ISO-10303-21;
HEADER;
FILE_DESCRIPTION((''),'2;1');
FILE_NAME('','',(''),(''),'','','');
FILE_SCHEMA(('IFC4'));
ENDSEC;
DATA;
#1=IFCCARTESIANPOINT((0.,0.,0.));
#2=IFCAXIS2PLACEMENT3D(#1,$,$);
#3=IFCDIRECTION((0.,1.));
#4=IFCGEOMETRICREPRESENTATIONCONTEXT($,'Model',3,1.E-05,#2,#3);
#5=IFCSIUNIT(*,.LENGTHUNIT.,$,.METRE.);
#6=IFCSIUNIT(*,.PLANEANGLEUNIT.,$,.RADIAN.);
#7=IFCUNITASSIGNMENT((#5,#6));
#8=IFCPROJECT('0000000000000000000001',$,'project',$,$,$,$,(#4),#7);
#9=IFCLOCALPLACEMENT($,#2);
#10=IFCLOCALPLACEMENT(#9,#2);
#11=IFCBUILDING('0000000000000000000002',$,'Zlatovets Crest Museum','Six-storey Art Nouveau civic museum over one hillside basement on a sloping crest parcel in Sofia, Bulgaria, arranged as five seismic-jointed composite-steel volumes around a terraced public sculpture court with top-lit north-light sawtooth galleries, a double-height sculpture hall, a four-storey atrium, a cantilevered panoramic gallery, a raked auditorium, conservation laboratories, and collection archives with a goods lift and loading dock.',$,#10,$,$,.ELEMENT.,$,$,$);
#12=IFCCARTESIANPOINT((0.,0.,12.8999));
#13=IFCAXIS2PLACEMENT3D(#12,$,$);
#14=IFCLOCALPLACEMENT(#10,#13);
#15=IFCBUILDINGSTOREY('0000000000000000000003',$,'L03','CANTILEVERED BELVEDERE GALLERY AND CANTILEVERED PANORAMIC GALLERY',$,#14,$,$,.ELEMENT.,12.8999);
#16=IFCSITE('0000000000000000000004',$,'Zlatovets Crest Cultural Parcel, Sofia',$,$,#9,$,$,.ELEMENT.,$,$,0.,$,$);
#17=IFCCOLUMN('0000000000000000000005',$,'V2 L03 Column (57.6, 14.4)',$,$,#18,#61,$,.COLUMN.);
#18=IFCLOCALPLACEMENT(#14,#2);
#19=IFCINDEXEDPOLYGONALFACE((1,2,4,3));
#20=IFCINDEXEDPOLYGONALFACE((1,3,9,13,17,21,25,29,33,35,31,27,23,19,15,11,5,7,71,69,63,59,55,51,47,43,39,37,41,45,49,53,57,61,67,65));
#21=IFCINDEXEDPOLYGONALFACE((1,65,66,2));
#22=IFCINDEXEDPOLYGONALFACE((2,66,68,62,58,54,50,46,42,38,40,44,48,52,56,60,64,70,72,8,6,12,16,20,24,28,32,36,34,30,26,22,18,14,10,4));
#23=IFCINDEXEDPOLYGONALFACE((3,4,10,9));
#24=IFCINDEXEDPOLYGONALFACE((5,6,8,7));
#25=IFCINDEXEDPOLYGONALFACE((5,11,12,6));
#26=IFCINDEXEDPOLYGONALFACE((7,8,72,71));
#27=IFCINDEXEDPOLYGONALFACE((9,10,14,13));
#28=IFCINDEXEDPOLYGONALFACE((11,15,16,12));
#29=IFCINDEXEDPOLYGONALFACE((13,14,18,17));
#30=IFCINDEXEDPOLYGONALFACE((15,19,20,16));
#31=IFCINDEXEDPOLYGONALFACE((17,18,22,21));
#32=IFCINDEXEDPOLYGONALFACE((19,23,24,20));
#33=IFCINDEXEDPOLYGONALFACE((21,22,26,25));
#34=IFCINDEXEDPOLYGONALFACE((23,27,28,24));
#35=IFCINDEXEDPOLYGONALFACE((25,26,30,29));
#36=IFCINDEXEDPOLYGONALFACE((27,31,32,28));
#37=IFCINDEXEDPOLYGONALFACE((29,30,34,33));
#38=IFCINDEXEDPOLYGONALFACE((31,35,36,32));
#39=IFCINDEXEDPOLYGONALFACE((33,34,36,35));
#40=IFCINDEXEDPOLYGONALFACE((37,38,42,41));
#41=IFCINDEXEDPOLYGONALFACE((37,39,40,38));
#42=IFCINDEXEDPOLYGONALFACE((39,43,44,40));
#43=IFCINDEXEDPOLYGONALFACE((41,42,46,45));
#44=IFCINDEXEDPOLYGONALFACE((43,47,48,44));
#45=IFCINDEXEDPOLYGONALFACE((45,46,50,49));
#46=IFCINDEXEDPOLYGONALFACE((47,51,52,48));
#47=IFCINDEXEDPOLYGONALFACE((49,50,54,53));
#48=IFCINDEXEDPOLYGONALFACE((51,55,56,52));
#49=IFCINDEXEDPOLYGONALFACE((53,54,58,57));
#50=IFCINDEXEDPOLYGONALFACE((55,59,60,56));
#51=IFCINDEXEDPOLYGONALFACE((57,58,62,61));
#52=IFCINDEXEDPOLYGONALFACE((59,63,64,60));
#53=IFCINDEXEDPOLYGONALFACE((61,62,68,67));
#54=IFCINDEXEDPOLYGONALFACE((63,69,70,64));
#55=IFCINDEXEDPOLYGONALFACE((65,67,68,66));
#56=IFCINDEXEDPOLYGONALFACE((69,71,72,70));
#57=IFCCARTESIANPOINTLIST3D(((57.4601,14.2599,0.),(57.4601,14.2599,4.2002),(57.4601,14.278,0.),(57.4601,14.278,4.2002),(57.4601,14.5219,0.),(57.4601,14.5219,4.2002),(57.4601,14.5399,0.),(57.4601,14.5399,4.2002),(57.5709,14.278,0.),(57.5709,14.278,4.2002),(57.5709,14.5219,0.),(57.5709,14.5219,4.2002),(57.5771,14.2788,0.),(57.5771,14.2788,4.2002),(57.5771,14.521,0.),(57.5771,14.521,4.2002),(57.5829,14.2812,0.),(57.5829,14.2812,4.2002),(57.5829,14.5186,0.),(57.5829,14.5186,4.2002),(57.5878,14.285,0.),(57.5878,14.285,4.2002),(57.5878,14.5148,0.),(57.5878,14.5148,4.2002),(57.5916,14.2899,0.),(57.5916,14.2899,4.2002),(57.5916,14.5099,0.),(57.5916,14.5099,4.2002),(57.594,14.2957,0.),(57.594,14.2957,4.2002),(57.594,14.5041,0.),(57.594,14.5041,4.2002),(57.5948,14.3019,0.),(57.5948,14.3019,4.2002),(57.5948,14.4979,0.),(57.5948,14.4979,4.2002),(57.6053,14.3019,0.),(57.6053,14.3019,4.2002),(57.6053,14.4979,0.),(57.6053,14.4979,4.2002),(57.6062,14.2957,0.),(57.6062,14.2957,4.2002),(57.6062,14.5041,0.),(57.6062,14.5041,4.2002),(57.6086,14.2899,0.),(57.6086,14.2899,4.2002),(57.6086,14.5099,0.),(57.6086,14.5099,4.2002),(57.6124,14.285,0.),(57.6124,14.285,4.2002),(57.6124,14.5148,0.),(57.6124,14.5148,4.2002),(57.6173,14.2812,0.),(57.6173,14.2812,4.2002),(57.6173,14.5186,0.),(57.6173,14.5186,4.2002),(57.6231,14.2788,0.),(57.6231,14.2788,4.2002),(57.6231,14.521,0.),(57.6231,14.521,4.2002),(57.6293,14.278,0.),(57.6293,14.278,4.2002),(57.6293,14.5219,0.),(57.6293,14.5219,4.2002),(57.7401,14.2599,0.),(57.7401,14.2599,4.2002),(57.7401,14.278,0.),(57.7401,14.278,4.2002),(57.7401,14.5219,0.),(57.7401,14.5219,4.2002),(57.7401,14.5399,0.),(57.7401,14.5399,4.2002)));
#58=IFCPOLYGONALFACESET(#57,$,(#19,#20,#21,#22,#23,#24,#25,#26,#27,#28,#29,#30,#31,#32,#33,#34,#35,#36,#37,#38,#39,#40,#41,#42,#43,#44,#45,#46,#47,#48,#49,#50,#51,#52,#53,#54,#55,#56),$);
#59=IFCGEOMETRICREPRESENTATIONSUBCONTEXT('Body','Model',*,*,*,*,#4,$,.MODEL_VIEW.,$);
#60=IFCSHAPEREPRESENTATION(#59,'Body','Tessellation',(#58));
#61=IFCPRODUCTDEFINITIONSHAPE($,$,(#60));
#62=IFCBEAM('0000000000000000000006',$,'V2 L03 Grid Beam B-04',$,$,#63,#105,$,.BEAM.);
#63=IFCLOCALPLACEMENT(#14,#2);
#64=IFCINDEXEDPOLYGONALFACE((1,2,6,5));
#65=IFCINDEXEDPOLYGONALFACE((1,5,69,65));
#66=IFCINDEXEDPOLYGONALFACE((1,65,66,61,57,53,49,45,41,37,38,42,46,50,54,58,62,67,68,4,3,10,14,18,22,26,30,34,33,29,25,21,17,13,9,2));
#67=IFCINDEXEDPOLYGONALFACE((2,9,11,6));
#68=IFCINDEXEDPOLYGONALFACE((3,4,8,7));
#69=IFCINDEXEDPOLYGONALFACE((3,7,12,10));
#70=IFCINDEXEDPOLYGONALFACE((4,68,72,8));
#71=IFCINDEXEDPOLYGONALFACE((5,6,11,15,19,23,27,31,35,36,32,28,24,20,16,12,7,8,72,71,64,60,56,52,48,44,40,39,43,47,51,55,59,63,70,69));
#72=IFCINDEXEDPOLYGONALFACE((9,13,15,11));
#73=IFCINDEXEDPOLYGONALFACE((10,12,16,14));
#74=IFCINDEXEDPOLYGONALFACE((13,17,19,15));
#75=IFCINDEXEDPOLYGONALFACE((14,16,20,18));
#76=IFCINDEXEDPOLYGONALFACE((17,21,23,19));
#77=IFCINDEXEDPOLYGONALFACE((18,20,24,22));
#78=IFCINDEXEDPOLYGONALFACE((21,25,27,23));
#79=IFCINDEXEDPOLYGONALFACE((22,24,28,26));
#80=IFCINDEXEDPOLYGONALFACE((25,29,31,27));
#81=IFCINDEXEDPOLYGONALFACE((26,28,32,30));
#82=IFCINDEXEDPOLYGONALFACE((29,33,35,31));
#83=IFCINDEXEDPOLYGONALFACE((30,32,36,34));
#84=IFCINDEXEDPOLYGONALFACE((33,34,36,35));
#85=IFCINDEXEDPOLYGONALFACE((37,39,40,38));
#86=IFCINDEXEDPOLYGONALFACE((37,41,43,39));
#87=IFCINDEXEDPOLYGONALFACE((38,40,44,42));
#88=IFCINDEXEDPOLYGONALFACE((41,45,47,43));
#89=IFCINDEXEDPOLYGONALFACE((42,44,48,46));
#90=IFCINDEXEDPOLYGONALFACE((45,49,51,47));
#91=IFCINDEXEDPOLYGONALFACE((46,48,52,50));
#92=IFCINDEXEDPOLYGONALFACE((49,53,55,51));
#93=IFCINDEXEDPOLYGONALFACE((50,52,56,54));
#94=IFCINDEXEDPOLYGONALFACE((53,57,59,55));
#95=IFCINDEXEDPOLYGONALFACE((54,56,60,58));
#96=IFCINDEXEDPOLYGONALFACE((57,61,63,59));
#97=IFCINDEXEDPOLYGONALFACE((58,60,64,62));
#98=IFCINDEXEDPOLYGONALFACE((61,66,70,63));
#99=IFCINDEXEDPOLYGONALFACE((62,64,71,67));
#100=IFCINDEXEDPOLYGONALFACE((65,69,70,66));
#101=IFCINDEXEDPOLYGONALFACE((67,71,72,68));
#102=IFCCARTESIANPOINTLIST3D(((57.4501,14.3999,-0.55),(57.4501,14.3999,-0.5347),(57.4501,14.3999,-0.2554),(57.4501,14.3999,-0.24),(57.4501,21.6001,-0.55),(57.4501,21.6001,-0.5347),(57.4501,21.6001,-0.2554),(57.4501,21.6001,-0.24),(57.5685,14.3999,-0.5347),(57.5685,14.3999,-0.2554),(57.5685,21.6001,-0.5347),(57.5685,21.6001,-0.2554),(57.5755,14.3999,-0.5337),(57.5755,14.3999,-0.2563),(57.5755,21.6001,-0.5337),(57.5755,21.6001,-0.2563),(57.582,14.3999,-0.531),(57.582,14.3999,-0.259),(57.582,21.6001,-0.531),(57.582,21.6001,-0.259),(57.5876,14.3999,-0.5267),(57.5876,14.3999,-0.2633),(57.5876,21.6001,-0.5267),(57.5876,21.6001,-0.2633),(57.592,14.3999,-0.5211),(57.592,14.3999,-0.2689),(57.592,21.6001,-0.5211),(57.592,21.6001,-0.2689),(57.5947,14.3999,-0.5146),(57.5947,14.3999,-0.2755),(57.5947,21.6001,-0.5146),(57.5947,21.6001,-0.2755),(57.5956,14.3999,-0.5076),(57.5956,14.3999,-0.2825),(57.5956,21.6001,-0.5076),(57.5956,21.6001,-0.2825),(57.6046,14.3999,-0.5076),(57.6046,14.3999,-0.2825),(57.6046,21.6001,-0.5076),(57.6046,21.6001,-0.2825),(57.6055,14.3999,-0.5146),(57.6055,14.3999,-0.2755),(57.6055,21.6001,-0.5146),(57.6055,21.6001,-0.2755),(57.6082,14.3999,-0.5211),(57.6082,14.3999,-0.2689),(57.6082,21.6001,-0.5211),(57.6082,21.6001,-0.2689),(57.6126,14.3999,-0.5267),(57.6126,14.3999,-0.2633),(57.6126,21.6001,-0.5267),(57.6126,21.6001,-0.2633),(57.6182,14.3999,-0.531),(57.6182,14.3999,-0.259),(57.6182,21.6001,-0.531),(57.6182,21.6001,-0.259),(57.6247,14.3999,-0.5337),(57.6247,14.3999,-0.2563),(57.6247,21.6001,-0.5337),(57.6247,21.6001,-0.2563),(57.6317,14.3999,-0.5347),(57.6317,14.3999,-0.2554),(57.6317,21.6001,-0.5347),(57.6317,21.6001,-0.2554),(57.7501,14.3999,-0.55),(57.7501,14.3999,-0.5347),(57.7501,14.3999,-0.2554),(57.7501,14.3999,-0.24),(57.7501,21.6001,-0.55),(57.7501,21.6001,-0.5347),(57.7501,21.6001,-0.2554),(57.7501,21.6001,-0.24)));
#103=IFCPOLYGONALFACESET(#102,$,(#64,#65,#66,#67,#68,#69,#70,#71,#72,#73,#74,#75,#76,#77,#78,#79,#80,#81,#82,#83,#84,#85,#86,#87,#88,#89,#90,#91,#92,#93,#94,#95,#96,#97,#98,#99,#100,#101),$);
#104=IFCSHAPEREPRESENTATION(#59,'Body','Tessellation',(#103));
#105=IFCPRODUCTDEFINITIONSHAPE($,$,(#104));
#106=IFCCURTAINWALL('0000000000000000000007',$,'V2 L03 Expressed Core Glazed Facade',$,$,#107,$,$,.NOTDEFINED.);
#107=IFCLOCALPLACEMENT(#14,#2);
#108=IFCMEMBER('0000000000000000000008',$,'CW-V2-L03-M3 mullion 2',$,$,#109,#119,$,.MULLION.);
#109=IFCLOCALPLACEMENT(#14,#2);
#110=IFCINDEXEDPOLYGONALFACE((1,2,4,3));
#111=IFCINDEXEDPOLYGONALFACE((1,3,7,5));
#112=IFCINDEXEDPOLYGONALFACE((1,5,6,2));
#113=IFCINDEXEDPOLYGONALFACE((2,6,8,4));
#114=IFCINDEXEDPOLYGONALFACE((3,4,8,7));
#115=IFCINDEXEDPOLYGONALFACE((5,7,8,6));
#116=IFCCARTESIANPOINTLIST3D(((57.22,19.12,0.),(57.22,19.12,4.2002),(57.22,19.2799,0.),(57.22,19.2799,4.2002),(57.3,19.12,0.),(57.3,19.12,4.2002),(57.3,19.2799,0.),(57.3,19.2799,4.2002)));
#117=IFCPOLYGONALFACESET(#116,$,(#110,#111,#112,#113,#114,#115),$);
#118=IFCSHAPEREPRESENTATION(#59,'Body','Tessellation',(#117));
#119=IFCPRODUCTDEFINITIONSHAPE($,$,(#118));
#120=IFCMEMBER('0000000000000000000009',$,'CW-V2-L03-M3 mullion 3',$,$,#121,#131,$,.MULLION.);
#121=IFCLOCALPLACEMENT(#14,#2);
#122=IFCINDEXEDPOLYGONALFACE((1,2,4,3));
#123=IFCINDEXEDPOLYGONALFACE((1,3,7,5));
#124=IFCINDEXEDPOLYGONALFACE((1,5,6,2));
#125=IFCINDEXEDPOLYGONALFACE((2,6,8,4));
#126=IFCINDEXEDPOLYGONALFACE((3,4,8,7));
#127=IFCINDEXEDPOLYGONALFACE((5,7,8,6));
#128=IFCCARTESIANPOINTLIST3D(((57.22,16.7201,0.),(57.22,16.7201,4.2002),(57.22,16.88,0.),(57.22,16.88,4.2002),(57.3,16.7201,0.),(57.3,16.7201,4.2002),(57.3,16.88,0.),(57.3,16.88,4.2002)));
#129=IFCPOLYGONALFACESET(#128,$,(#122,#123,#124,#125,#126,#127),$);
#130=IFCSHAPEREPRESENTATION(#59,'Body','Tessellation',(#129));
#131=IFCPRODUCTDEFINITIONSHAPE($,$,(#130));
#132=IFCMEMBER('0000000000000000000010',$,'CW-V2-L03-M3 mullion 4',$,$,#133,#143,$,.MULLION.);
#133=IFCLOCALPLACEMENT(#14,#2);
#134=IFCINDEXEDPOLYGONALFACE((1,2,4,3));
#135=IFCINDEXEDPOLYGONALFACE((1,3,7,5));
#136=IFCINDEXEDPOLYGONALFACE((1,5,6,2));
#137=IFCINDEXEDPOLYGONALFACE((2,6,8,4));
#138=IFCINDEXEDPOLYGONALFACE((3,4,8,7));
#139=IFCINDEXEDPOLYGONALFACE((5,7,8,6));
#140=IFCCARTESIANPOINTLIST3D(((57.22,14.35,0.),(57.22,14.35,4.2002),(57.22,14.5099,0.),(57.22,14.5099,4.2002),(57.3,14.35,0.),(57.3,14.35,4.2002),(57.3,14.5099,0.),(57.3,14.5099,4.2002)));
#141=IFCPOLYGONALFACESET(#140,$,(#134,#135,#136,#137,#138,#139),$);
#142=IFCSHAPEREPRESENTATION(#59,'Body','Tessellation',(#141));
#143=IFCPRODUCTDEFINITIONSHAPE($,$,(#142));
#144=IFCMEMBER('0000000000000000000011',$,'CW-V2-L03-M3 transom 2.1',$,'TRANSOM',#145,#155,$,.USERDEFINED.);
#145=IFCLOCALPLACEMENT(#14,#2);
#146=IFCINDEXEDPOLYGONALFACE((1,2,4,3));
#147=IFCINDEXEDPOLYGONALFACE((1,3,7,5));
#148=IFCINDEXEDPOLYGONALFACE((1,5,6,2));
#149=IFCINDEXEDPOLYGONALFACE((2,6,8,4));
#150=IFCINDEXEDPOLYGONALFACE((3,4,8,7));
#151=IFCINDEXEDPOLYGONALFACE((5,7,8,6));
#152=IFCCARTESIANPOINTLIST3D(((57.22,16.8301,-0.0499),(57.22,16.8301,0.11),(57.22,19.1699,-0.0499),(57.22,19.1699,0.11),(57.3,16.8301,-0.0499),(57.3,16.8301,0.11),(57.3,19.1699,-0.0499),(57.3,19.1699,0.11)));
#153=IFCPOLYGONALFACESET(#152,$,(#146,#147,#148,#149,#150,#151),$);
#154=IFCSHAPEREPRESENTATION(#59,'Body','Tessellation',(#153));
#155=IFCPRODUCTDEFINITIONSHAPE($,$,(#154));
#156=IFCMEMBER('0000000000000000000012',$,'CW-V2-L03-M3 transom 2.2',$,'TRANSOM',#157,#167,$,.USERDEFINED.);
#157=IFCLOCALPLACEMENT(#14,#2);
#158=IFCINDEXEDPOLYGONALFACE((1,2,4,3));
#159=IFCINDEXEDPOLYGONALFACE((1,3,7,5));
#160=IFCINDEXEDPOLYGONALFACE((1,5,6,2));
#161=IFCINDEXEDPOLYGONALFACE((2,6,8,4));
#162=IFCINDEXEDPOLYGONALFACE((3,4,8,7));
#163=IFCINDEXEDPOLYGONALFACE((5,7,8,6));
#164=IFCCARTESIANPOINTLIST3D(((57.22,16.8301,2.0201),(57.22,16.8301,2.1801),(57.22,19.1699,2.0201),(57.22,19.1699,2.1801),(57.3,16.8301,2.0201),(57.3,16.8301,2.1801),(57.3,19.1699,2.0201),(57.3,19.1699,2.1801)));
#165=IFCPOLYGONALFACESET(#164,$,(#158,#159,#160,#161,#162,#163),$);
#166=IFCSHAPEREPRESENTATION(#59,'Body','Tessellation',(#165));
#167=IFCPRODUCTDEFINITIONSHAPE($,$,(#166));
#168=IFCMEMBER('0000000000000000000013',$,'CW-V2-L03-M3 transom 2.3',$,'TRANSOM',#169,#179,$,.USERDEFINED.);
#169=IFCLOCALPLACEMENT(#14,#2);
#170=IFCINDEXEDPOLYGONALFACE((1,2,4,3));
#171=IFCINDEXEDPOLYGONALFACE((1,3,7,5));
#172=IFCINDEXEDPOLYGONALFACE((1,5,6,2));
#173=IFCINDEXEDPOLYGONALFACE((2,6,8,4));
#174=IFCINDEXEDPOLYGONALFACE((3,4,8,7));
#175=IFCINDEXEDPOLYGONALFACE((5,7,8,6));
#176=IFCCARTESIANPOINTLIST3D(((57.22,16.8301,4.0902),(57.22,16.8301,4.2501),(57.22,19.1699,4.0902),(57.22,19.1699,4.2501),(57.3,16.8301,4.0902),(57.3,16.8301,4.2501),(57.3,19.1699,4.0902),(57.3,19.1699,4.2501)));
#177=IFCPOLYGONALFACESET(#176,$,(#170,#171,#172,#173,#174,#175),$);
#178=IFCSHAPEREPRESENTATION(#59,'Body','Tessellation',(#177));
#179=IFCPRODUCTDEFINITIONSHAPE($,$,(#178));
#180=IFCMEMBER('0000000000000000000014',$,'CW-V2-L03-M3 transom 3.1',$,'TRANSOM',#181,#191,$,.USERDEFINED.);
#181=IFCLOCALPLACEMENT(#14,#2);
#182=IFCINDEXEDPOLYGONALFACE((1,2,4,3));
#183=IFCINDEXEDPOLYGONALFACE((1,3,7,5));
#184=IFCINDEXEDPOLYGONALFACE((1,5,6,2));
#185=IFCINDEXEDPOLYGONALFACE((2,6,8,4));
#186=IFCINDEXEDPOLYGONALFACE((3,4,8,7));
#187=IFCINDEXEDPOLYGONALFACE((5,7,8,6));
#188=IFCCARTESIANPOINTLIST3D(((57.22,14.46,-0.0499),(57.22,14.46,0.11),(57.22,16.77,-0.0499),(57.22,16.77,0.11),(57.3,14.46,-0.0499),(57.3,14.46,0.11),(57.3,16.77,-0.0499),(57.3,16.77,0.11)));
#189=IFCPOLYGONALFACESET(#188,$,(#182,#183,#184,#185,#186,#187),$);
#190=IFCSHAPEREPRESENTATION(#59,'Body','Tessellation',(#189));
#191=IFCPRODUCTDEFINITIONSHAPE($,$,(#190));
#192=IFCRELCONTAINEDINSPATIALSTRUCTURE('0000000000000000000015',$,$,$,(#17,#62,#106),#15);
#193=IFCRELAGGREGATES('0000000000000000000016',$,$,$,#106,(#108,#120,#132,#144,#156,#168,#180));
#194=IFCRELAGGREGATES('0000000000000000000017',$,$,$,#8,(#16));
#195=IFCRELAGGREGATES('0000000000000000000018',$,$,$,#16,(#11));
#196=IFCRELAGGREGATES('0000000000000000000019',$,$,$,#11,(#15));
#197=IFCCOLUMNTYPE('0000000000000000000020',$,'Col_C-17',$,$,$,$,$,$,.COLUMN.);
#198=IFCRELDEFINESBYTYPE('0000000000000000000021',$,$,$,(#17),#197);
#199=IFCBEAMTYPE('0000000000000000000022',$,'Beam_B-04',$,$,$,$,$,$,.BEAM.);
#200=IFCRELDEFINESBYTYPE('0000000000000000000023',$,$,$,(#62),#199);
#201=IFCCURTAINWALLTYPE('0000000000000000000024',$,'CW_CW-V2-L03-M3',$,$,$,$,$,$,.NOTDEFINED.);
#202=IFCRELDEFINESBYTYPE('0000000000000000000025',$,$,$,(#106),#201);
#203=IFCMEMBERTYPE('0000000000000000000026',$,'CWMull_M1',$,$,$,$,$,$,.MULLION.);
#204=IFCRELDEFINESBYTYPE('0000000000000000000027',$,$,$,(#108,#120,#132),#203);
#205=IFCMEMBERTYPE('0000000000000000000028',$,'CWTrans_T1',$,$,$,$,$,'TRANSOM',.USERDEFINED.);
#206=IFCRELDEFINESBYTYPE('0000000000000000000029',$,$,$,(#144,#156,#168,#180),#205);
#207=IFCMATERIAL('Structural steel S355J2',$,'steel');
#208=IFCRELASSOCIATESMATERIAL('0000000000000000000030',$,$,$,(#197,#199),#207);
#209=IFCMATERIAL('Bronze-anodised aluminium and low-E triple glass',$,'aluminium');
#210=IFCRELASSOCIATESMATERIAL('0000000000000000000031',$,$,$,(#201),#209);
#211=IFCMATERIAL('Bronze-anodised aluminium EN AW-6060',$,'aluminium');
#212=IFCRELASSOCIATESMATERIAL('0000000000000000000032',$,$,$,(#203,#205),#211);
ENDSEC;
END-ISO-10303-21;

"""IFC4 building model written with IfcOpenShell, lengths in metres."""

from ifc_helpers import new_model, si_unit, direction, frame, origin, origin_2d, place, context, subcontext, project, spatial, rectangle, i_section, extrude, material, material_profile, profile_set, type_object, element, aggregate, save


model = new_model("IFC4")

# Units and contexts
model_context = context("Model", 3, precision=1e-05, world=origin(), true_north=direction((0.0, 1.0)))
body_context = subcontext(model_context, "Body", "Model", "MODEL_VIEW")
ifc_project = project(units=[si_unit("LENGTHUNIT", "METRE"), si_unit("PLANEANGLEUNIT", "RADIAN")], contexts=[model_context])

# Site, building, storey
site_placement = place(None, origin())
site = spatial("IfcSite", under=ifc_project, at=site_placement, Name="Zlatovets Crest Cultural Parcel, Sofia", CompositionType="ELEMENT", RefElevation=0.0)
building_placement = place(site_placement, origin())
building = spatial("IfcBuilding", under=site, at=building_placement, Name="Zlatovets Crest Museum", Description="Six-storey Art Nouveau civic museum over one hillside basement on a sloping crest parcel in Sofia, Bulgaria, arranged as five seismic-jointed composite-steel volumes around a terraced public sculpture court with top-lit north-light sawtooth galleries, a double-height sculpture hall, a four-storey atrium, a cantilevered panoramic gallery, a raked auditorium, conservation laboratories, and collection archives with a goods lift and loading dock.", CompositionType="ELEMENT")
storey_placement = place(building_placement, frame((0.0, 0.0, 12.8999)))
storey = spatial("IfcBuildingStorey", under=building, at=storey_placement, Name="L03", Description="CANTILEVERED BELVEDERE GALLERY AND CANTILEVERED PANORAMIC GALLERY", CompositionType="ELEMENT", Elevation=12.8999)

# Column
ifc_material_1 = material(Name="Structural steel S355J2", Category="steel")
ifc_material_profile_1 = material_profile(ifc_material_1, i_section(OverallWidth=0.28, OverallDepth=0.28, WebThickness=0.0105, FlangeThickness=0.0181, FilletRadius=0.0239, at=origin_2d()), Name="HEB 280")
ifc_profile_set_1 = profile_set([ifc_material_profile_1], Name="Structural steel S355J2")
column_type = type_object("IfcColumnType", Name="Col_C-17", PredefinedType="COLUMN", material=ifc_profile_set_1)
column_placement = place(storey_placement, frame((57.6001, 14.3999, 0.0), z_axis=(0.0, 0.0, 1.0), x_axis=(1.0, 0.0, 0.0)))
element("IfcColumn", 1, at=column_placement, inside=storey, type_object=column_type, Name="V2 L03 Column (57.6, 14.4)", PredefinedType="COLUMN", context=body_context, shape_type="SweptSolid", body=[
    extrude(i_section(OverallWidth=0.28, OverallDepth=0.28, WebThickness=0.0105, FlangeThickness=0.0181, FilletRadius=0.0239, at=origin_2d()), origin(), (0.0, 0.0, 1.0), 4.2002),
])

# Beam
ifc_material_profile_2 = material_profile(ifc_material_1, i_section(OverallWidth=0.3, OverallDepth=0.3101, WebThickness=0.009, FlangeThickness=0.0154, FilletRadius=0.0271, at=origin_2d()), Name="HEA 320")
ifc_profile_set_2 = profile_set([ifc_material_profile_2], Name="Structural steel S355J2")
beam_type = type_object("IfcBeamType", Name="Beam_B-04", PredefinedType="BEAM", material=ifc_profile_set_2)
beam_placement = place(storey_placement, frame((57.6001, 14.3999, -0.395), z_axis=(0.0, 1.0, 0.0), x_axis=(-1.0, 0.0, 0.0)))
element("IfcBeam", 2, at=beam_placement, inside=storey, type_object=beam_type, Name="V2 L03 Grid Beam B-04", PredefinedType="BEAM", context=body_context, shape_type="SweptSolid", body=[
    extrude(i_section(OverallWidth=0.3, OverallDepth=0.3101, WebThickness=0.009, FlangeThickness=0.0154, FilletRadius=0.0271, at=origin_2d()), origin(), (0.0, 0.0, 1.0), 7.2002),
])

# Curtain wall, members
ifc_material_2 = material(Name="Bronze-anodised aluminium and low-E triple glass", Category="aluminium")
curtain_wall_type = type_object("IfcCurtainWallType", Name="CW_CW-V2-L03-M3", PredefinedType="NOTDEFINED", material=ifc_material_2)
curtain_wall_placement = place(storey_placement, origin())
curtain_wall = element("IfcCurtainWall", 3, at=curtain_wall_placement, inside=storey, type_object=curtain_wall_type, Name="V2 L03 Expressed Core Glazed Facade", PredefinedType="NOTDEFINED")
ifc_material_3 = material(Name="Bronze-anodised aluminium EN AW-6060", Category="aluminium")
ifc_material_profile_3 = material_profile(ifc_material_3, rectangle(XDim=0.0801, YDim=0.1599, at=origin_2d()), Name="ALU 80x160")
ifc_profile_set_3 = profile_set([ifc_material_profile_3], Name="Bronze-anodised aluminium EN AW-6060")
member_type_1 = type_object("IfcMemberType", Name="CWMull_M1", PredefinedType="MULLION", material=ifc_profile_set_3)
member_1_placement = place(storey_placement, frame((57.26, 19.2, 0.0), z_axis=(0.0, 0.0, 1.0), x_axis=(1.0, 0.0, 0.0)))
member_1 = element("IfcMember", 4, at=member_1_placement, type_object=member_type_1, Name="CW-V2-L03-M3 mullion 2", PredefinedType="MULLION", context=body_context, shape_type="SweptSolid", body=[
    extrude(rectangle(XDim=0.0801, YDim=0.1599, at=origin_2d()), origin(), (0.0, 0.0, 1.0), 4.2002),
])
member_2_placement = place(storey_placement, frame((57.26, 16.8, 0.0), z_axis=(0.0, 0.0, 1.0), x_axis=(1.0, 0.0, 0.0)))
member_2 = element("IfcMember", 5, at=member_2_placement, type_object=member_type_1, Name="CW-V2-L03-M3 mullion 3", PredefinedType="MULLION", context=body_context, shape_type="SweptSolid", body=[
    extrude(rectangle(XDim=0.0801, YDim=0.1599, at=origin_2d()), origin(), (0.0, 0.0, 1.0), 4.2002),
])
member_3_placement = place(storey_placement, frame((57.26, 14.4299, 0.0), z_axis=(0.0, 0.0, 1.0), x_axis=(1.0, 0.0, 0.0)))
member_3 = element("IfcMember", 6, at=member_3_placement, type_object=member_type_1, Name="CW-V2-L03-M3 mullion 4", PredefinedType="MULLION", context=body_context, shape_type="SweptSolid", body=[
    extrude(rectangle(XDim=0.0801, YDim=0.1599, at=origin_2d()), origin(), (0.0, 0.0, 1.0), 4.2002),
])
ifc_material_profile_4 = material_profile(ifc_material_3, rectangle(XDim=0.0801, YDim=0.1599, at=origin_2d()), Name="ALU 80x160")
ifc_profile_set_4 = profile_set([ifc_material_profile_4], Name="Bronze-anodised aluminium EN AW-6060")
member_type_2 = type_object("IfcMemberType", Name="CWTrans_T1", ElementType="TRANSOM", PredefinedType="USERDEFINED", material=ifc_profile_set_4)
member_4_placement = place(storey_placement, frame((57.26, 19.1699, 0.03), z_axis=(0.0, -1.0, 0.0), x_axis=(1.0, 0.0, 0.0)))
member_4 = element("IfcMember", 7, at=member_4_placement, type_object=member_type_2, Name="CW-V2-L03-M3 transom 2.1", ObjectType="TRANSOM", PredefinedType="USERDEFINED", context=body_context, shape_type="SweptSolid", body=[
    extrude(rectangle(XDim=0.0801, YDim=0.1599, at=origin_2d()), origin(), (0.0, 0.0, 1.0), 2.3398),
])
member_5_placement = place(storey_placement, frame((57.26, 19.1699, 2.1001), z_axis=(0.0, -1.0, 0.0), x_axis=(1.0, 0.0, 0.0)))
member_5 = element("IfcMember", 8, at=member_5_placement, type_object=member_type_2, Name="CW-V2-L03-M3 transom 2.2", ObjectType="TRANSOM", PredefinedType="USERDEFINED", context=body_context, shape_type="SweptSolid", body=[
    extrude(rectangle(XDim=0.0801, YDim=0.1599, at=origin_2d()), origin(), (0.0, 0.0, 1.0), 2.3398),
])
member_6_placement = place(storey_placement, frame((57.26, 19.1699, 4.1702), z_axis=(0.0, -1.0, 0.0), x_axis=(1.0, 0.0, 0.0)))
member_6 = element("IfcMember", 9, at=member_6_placement, type_object=member_type_2, Name="CW-V2-L03-M3 transom 2.3", ObjectType="TRANSOM", PredefinedType="USERDEFINED", context=body_context, shape_type="SweptSolid", body=[
    extrude(rectangle(XDim=0.0801, YDim=0.1599, at=origin_2d()), origin(), (0.0, 0.0, 1.0), 2.3398),
])
member_7_placement = place(storey_placement, frame((57.26, 16.77, 0.03), z_axis=(0.0, -1.0, 0.0), x_axis=(1.0, 0.0, 0.0)))
member_7 = element("IfcMember", 10, at=member_7_placement, type_object=member_type_2, Name="CW-V2-L03-M3 transom 3.1", ObjectType="TRANSOM", PredefinedType="USERDEFINED", context=body_context, shape_type="SweptSolid", body=[
    extrude(rectangle(XDim=0.0801, YDim=0.1599, at=origin_2d()), origin(), (0.0, 0.0, 1.0), 2.3101),
])

aggregate(curtain_wall, [member_1, member_2, member_3, member_4, member_5, member_6, member_7])

save(model, "model.ifc")
